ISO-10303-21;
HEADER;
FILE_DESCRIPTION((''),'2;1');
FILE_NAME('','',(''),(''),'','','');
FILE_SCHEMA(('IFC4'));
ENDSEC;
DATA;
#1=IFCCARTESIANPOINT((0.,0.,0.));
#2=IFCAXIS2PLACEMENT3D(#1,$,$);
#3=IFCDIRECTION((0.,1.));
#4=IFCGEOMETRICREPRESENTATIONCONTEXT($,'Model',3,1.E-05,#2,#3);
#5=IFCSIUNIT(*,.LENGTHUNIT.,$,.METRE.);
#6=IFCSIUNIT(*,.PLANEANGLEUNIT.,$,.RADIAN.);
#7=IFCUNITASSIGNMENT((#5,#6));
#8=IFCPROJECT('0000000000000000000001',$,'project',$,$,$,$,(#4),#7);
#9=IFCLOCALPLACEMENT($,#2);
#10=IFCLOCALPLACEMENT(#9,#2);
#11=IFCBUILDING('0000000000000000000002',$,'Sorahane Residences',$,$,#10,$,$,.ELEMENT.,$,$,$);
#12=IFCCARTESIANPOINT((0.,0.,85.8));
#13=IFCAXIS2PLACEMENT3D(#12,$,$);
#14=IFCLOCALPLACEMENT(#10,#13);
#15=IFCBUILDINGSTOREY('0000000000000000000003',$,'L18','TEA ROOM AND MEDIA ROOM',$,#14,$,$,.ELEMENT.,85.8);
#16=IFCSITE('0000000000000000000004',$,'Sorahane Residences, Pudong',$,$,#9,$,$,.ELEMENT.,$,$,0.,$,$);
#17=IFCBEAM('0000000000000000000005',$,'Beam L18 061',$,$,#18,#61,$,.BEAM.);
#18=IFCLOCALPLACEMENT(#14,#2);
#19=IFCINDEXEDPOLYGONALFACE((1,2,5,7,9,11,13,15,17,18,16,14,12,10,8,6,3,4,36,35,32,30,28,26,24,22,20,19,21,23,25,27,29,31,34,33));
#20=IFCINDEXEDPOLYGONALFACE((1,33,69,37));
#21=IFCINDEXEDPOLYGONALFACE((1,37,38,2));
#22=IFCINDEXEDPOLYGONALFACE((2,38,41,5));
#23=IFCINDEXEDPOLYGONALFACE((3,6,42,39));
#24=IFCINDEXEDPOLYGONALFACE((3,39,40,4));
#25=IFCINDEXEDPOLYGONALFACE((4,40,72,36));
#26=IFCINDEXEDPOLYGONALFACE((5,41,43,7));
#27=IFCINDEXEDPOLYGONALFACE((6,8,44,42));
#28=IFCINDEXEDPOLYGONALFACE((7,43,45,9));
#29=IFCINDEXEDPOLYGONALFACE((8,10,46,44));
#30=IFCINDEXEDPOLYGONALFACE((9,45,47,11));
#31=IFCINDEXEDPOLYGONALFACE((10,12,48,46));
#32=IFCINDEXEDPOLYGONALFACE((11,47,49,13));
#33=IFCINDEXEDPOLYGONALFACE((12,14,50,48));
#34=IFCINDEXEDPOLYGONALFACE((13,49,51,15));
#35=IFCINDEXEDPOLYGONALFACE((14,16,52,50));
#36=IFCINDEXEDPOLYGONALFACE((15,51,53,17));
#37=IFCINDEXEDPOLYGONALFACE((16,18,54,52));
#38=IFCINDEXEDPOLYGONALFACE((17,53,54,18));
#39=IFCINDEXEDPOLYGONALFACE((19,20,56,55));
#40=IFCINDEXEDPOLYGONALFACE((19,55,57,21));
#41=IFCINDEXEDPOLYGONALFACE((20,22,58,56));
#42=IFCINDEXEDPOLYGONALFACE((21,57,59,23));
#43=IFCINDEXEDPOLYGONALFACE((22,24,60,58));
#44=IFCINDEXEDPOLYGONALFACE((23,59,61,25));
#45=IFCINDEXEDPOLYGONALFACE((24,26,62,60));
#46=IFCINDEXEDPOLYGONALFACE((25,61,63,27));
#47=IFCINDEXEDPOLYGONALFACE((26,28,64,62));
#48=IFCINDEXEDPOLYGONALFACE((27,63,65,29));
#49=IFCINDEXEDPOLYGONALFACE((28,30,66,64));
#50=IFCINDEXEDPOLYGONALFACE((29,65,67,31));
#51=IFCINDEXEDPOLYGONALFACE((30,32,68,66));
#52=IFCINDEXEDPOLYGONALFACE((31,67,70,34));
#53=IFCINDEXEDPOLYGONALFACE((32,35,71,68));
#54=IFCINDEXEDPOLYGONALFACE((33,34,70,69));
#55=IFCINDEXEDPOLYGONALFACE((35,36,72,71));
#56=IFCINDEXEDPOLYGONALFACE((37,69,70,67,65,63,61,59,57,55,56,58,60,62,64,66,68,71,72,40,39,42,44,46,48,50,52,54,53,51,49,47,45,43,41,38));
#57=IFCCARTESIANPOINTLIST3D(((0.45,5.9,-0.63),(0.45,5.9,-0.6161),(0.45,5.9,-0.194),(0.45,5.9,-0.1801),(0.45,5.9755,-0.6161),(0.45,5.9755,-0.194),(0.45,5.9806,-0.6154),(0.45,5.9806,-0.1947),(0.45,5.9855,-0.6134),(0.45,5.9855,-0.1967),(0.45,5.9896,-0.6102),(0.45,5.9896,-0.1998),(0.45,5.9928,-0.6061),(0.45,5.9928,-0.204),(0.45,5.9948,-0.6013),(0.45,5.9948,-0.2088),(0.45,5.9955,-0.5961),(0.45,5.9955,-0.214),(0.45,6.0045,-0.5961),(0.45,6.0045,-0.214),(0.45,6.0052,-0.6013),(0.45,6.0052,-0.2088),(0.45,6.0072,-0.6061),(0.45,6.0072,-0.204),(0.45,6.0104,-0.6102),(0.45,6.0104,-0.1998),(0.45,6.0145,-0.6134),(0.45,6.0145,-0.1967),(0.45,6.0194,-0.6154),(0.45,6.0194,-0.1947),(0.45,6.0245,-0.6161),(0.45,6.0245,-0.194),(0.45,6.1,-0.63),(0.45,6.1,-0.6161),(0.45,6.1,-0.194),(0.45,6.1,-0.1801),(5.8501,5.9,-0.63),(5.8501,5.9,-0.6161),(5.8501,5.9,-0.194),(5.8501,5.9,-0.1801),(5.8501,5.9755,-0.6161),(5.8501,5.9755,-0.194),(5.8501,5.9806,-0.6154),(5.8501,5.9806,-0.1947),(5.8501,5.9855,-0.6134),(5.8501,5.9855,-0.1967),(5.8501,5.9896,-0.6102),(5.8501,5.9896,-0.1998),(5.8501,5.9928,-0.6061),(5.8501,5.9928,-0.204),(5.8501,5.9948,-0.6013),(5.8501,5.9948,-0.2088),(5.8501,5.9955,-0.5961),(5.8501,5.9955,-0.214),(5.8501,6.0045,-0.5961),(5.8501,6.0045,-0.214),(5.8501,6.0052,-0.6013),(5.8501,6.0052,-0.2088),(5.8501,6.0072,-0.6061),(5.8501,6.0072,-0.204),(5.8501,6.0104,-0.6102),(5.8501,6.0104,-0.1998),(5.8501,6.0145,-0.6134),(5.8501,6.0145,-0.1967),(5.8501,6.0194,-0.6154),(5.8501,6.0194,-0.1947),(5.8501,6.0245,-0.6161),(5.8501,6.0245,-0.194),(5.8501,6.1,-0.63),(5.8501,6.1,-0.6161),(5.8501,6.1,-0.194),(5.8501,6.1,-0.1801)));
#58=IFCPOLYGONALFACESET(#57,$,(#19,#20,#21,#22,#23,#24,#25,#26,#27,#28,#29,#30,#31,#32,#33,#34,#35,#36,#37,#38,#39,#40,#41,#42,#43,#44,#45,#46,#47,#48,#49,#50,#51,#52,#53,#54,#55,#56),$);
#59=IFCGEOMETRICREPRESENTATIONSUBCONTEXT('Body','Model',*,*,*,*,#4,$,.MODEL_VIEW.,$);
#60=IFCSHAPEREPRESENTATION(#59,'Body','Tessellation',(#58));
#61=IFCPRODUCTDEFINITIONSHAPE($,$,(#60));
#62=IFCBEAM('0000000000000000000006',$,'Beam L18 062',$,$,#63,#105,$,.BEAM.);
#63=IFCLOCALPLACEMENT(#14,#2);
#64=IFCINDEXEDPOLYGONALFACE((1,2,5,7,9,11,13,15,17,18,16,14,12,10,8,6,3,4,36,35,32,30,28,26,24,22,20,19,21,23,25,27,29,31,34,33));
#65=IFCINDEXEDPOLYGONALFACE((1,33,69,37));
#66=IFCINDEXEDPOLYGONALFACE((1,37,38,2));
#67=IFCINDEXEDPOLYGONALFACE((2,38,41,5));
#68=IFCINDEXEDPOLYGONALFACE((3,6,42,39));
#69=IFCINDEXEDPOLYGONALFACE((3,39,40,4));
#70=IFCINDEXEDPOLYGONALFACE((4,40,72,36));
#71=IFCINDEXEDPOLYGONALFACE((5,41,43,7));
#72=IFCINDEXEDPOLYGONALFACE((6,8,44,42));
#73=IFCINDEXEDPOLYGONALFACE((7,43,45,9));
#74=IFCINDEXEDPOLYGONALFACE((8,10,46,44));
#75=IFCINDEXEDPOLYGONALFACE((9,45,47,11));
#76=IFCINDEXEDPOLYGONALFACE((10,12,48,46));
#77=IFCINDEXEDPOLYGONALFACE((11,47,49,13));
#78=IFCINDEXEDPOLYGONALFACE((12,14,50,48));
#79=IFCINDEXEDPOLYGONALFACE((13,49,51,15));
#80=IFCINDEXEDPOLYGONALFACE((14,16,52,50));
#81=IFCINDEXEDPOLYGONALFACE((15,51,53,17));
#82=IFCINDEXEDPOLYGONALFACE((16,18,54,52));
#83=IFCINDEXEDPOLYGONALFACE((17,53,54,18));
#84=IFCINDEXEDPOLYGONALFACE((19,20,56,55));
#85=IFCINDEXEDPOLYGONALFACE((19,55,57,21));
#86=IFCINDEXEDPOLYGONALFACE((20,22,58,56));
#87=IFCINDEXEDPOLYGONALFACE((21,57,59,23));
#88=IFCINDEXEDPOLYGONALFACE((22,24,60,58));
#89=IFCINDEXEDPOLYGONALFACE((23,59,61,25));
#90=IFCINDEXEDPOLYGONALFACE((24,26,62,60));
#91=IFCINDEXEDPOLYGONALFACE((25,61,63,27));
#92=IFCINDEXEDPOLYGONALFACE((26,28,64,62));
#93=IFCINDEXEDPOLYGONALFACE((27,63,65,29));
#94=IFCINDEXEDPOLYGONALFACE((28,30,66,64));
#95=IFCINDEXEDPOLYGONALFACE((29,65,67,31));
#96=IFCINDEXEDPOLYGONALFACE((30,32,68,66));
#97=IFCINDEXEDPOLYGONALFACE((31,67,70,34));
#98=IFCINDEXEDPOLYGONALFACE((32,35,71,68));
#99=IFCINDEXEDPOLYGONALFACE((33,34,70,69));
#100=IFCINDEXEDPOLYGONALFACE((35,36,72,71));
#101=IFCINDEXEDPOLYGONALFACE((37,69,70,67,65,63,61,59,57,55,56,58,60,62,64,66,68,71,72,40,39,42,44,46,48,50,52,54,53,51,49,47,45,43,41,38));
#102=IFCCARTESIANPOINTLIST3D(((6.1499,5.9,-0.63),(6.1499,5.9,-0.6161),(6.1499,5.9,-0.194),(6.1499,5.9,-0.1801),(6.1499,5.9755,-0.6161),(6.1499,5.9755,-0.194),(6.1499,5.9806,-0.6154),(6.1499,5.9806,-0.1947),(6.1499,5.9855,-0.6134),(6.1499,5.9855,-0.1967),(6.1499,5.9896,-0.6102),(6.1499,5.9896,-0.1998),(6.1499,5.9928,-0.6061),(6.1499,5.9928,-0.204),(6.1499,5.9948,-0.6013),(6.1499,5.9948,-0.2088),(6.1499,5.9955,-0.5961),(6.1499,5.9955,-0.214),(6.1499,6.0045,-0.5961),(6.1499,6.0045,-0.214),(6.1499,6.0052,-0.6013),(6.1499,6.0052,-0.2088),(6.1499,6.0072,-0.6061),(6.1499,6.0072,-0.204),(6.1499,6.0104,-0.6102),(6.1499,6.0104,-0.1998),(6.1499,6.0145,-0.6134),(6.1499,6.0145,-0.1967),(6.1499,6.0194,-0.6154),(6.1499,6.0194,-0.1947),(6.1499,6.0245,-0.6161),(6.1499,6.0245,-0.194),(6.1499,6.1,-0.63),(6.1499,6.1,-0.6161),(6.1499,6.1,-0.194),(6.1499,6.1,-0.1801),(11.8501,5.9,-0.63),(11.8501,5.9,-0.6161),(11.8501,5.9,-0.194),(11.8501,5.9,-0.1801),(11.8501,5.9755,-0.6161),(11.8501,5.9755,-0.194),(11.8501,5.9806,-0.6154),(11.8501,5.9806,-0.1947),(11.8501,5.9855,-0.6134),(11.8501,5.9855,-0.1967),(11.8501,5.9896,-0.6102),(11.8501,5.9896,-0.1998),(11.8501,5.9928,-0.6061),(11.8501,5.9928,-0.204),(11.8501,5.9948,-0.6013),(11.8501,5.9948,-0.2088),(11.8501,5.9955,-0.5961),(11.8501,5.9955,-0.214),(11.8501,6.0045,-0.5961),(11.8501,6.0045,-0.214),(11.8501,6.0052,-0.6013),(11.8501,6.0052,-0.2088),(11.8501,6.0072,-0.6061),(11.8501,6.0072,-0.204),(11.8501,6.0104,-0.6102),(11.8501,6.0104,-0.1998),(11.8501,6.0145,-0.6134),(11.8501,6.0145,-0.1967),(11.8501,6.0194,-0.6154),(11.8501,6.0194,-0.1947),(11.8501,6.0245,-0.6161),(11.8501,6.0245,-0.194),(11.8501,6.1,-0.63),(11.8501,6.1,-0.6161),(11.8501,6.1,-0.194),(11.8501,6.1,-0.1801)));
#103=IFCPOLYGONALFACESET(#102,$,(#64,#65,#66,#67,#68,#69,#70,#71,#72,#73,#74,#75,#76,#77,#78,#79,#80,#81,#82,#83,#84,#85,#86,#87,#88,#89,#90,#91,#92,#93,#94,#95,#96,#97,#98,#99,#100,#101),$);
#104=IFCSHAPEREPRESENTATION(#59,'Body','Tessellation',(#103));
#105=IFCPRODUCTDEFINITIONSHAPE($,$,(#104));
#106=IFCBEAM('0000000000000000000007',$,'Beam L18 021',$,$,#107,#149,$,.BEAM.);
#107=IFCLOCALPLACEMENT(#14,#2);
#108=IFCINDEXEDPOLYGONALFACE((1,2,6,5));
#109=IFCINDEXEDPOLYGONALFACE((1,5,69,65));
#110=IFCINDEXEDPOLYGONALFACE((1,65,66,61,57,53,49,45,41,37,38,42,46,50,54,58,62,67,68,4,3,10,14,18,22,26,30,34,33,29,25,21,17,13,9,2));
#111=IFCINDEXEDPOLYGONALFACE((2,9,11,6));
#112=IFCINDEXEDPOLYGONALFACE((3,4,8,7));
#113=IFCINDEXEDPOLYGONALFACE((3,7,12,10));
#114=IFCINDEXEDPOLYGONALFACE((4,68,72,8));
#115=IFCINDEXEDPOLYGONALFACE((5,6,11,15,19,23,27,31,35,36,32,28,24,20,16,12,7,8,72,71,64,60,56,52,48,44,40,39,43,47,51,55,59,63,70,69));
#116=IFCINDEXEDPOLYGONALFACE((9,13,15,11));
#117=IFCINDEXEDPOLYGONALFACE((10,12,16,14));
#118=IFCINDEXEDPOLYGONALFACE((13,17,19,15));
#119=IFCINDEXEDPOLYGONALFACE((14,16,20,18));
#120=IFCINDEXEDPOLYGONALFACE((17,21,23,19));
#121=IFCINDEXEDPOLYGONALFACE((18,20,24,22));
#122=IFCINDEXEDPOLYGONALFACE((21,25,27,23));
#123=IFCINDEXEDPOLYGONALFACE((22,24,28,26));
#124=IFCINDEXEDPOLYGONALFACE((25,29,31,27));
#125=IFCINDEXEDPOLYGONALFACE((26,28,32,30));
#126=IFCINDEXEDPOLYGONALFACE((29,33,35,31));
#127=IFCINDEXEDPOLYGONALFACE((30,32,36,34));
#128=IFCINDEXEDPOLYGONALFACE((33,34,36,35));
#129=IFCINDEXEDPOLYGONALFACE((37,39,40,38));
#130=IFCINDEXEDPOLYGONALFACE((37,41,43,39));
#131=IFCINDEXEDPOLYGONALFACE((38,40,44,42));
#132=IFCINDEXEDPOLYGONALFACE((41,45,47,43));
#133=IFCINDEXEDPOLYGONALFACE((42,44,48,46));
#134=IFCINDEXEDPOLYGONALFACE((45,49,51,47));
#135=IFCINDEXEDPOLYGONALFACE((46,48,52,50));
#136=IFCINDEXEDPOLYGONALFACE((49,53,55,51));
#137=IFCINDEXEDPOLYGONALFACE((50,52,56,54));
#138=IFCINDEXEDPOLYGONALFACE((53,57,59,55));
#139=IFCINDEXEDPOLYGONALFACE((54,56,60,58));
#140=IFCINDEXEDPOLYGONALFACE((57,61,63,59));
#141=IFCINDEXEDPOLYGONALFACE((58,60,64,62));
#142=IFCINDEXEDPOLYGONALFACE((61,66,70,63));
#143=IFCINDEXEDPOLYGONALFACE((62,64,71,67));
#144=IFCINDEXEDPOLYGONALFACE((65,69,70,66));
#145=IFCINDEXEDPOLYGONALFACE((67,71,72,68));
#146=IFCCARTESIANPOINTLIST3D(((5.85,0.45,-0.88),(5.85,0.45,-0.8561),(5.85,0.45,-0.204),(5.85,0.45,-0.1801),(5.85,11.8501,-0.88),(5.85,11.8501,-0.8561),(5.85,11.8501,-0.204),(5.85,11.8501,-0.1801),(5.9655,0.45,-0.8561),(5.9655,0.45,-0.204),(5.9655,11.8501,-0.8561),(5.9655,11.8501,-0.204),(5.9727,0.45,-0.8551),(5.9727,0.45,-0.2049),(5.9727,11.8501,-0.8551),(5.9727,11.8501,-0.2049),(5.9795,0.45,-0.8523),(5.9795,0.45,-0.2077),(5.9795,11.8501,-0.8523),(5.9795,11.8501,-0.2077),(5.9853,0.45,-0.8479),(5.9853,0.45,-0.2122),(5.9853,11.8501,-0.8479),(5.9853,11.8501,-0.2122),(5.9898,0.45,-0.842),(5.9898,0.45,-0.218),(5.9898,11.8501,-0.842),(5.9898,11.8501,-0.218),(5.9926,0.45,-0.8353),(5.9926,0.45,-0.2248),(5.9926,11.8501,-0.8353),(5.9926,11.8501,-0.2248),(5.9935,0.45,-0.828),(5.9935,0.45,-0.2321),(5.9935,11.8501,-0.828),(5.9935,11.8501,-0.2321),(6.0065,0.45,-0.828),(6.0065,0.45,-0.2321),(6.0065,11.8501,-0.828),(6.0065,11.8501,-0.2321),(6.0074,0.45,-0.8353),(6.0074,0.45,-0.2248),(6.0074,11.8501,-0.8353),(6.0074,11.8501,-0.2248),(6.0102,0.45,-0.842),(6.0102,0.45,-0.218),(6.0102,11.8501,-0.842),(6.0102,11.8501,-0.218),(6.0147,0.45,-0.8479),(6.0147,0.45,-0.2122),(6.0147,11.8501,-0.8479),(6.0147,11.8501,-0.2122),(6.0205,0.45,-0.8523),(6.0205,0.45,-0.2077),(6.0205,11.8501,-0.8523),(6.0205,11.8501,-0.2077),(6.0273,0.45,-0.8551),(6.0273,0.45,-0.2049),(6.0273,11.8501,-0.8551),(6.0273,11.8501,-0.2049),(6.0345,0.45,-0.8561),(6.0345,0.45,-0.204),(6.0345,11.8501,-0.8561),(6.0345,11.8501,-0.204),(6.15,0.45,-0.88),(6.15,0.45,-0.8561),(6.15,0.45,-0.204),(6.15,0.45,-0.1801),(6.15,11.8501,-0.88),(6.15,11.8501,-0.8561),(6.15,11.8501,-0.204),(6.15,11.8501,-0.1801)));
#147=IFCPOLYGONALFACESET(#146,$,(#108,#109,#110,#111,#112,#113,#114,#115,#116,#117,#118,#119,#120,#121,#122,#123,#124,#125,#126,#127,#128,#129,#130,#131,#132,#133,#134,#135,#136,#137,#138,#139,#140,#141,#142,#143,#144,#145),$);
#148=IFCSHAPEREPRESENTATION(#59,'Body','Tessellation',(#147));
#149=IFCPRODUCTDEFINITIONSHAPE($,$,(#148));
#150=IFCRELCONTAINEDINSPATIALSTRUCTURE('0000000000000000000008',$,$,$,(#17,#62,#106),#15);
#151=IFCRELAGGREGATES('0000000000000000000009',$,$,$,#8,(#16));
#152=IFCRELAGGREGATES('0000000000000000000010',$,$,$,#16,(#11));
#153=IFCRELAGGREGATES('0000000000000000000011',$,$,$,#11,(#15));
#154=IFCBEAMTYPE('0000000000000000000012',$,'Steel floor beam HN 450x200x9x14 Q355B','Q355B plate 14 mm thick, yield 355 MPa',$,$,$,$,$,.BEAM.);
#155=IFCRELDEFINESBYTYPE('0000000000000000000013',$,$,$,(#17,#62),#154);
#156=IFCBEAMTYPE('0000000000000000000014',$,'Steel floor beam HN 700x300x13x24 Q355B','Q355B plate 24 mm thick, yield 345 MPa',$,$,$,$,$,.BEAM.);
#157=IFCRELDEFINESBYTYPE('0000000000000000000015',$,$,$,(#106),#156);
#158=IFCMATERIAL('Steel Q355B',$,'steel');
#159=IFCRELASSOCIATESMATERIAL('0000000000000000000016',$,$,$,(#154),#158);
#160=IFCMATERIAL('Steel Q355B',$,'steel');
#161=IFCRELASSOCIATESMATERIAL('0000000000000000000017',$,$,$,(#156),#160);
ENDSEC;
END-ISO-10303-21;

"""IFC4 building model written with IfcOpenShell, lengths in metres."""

from ifc_helpers import new_model, si_unit, direction, frame, origin, origin_2d, place, context, subcontext, project, spatial, i_section, extrude, material, material_profile, profile_set, type_object, element, save


model = new_model("IFC4")

# Units and contexts
model_context = context("Model", 3, precision=1e-05, world=origin(), true_north=direction((0.0, 1.0)))
body_context = subcontext(model_context, "Body", "Model", "MODEL_VIEW")
ifc_project = project(units=[si_unit("LENGTHUNIT", "METRE"), si_unit("PLANEANGLEUNIT", "RADIAN")], contexts=[model_context])

# Site, building, storey
site_placement = place(None, origin())
site = spatial("IfcSite", under=ifc_project, at=site_placement, Name="Sorahane Residences, Pudong", CompositionType="ELEMENT", RefElevation=0.0)
building_placement = place(site_placement, origin())
building = spatial("IfcBuilding", under=site, at=building_placement, Name="Sorahane Residences", CompositionType="ELEMENT")
storey_placement = place(building_placement, frame((0.0, 0.0, 85.8)))
storey = spatial("IfcBuildingStorey", under=building, at=storey_placement, Name="L18", Description="TEA ROOM AND MEDIA ROOM", CompositionType="ELEMENT", Elevation=85.8)

# Beams
ifc_material_1 = material(Name="Steel Q355B", Category="steel")
ifc_material_profile_1 = material_profile(ifc_material_1, i_section(OverallWidth=0.2, OverallDepth=0.45, WebThickness=0.009, FlangeThickness=0.0139, FilletRadius=0.02, at=origin_2d()), Name="HN 450x200x9x14")
ifc_profile_set_1 = profile_set([ifc_material_profile_1], Name="Steel Q355B")
beam_type_1 = type_object("IfcBeamType", Name="Steel floor beam HN 450x200x9x14 Q355B", Description="Q355B plate 14 mm thick, yield 355 MPa", PredefinedType="BEAM", material=ifc_profile_set_1)
beam_1_placement = place(storey_placement, frame((0.45, 6.0, -0.405), z_axis=(1.0, 0.0, 0.0), x_axis=(0.0, 1.0, 0.0)))
element("IfcBeam", 1, at=beam_1_placement, inside=storey, type_object=beam_type_1, Name="Beam L18 061", PredefinedType="BEAM", context=body_context, shape_type="SweptSolid", body=[
    extrude(i_section(OverallWidth=0.2, OverallDepth=0.45, WebThickness=0.009, FlangeThickness=0.0139, FilletRadius=0.02, at=origin_2d()), origin(), (0.0, 0.0, 1.0), 5.4001),
])
beam_2_placement = place(storey_placement, frame((6.1499, 6.0, -0.405), z_axis=(1.0, 0.0, 0.0), x_axis=(0.0, 1.0, 0.0)))
element("IfcBeam", 2, at=beam_2_placement, inside=storey, type_object=beam_type_1, Name="Beam L18 062", PredefinedType="BEAM", context=body_context, shape_type="SweptSolid", body=[
    extrude(i_section(OverallWidth=0.2, OverallDepth=0.45, WebThickness=0.009, FlangeThickness=0.0139, FilletRadius=0.02, at=origin_2d()), origin(), (0.0, 0.0, 1.0), 5.7002),
])
ifc_material_2 = material(Name="Steel Q355B", Category="steel")
ifc_material_profile_2 = material_profile(ifc_material_2, i_section(OverallWidth=0.3, OverallDepth=0.7, WebThickness=0.0129, FlangeThickness=0.0239, FilletRadius=0.0281, at=origin_2d()), Name="HN 700x300x13x24")
ifc_profile_set_2 = profile_set([ifc_material_profile_2], Name="Steel Q355B")
beam_type_2 = type_object("IfcBeamType", Name="Steel floor beam HN 700x300x13x24 Q355B", Description="Q355B plate 24 mm thick, yield 345 MPa", PredefinedType="BEAM", material=ifc_profile_set_2)
beam_3_placement = place(storey_placement, frame((6.0, 0.45, -0.53), z_axis=(0.0, 1.0, 0.0), x_axis=(-1.0, 0.0, 0.0)))
element("IfcBeam", 3, at=beam_3_placement, inside=storey, type_object=beam_type_2, Name="Beam L18 021", PredefinedType="BEAM", context=body_context, shape_type="SweptSolid", body=[
    extrude(i_section(OverallWidth=0.3, OverallDepth=0.7, WebThickness=0.0129, FlangeThickness=0.0239, FilletRadius=0.0281, at=origin_2d()), origin(), (0.0, 0.0, 1.0), 11.4001),
])

save(model, "model.ifc")
